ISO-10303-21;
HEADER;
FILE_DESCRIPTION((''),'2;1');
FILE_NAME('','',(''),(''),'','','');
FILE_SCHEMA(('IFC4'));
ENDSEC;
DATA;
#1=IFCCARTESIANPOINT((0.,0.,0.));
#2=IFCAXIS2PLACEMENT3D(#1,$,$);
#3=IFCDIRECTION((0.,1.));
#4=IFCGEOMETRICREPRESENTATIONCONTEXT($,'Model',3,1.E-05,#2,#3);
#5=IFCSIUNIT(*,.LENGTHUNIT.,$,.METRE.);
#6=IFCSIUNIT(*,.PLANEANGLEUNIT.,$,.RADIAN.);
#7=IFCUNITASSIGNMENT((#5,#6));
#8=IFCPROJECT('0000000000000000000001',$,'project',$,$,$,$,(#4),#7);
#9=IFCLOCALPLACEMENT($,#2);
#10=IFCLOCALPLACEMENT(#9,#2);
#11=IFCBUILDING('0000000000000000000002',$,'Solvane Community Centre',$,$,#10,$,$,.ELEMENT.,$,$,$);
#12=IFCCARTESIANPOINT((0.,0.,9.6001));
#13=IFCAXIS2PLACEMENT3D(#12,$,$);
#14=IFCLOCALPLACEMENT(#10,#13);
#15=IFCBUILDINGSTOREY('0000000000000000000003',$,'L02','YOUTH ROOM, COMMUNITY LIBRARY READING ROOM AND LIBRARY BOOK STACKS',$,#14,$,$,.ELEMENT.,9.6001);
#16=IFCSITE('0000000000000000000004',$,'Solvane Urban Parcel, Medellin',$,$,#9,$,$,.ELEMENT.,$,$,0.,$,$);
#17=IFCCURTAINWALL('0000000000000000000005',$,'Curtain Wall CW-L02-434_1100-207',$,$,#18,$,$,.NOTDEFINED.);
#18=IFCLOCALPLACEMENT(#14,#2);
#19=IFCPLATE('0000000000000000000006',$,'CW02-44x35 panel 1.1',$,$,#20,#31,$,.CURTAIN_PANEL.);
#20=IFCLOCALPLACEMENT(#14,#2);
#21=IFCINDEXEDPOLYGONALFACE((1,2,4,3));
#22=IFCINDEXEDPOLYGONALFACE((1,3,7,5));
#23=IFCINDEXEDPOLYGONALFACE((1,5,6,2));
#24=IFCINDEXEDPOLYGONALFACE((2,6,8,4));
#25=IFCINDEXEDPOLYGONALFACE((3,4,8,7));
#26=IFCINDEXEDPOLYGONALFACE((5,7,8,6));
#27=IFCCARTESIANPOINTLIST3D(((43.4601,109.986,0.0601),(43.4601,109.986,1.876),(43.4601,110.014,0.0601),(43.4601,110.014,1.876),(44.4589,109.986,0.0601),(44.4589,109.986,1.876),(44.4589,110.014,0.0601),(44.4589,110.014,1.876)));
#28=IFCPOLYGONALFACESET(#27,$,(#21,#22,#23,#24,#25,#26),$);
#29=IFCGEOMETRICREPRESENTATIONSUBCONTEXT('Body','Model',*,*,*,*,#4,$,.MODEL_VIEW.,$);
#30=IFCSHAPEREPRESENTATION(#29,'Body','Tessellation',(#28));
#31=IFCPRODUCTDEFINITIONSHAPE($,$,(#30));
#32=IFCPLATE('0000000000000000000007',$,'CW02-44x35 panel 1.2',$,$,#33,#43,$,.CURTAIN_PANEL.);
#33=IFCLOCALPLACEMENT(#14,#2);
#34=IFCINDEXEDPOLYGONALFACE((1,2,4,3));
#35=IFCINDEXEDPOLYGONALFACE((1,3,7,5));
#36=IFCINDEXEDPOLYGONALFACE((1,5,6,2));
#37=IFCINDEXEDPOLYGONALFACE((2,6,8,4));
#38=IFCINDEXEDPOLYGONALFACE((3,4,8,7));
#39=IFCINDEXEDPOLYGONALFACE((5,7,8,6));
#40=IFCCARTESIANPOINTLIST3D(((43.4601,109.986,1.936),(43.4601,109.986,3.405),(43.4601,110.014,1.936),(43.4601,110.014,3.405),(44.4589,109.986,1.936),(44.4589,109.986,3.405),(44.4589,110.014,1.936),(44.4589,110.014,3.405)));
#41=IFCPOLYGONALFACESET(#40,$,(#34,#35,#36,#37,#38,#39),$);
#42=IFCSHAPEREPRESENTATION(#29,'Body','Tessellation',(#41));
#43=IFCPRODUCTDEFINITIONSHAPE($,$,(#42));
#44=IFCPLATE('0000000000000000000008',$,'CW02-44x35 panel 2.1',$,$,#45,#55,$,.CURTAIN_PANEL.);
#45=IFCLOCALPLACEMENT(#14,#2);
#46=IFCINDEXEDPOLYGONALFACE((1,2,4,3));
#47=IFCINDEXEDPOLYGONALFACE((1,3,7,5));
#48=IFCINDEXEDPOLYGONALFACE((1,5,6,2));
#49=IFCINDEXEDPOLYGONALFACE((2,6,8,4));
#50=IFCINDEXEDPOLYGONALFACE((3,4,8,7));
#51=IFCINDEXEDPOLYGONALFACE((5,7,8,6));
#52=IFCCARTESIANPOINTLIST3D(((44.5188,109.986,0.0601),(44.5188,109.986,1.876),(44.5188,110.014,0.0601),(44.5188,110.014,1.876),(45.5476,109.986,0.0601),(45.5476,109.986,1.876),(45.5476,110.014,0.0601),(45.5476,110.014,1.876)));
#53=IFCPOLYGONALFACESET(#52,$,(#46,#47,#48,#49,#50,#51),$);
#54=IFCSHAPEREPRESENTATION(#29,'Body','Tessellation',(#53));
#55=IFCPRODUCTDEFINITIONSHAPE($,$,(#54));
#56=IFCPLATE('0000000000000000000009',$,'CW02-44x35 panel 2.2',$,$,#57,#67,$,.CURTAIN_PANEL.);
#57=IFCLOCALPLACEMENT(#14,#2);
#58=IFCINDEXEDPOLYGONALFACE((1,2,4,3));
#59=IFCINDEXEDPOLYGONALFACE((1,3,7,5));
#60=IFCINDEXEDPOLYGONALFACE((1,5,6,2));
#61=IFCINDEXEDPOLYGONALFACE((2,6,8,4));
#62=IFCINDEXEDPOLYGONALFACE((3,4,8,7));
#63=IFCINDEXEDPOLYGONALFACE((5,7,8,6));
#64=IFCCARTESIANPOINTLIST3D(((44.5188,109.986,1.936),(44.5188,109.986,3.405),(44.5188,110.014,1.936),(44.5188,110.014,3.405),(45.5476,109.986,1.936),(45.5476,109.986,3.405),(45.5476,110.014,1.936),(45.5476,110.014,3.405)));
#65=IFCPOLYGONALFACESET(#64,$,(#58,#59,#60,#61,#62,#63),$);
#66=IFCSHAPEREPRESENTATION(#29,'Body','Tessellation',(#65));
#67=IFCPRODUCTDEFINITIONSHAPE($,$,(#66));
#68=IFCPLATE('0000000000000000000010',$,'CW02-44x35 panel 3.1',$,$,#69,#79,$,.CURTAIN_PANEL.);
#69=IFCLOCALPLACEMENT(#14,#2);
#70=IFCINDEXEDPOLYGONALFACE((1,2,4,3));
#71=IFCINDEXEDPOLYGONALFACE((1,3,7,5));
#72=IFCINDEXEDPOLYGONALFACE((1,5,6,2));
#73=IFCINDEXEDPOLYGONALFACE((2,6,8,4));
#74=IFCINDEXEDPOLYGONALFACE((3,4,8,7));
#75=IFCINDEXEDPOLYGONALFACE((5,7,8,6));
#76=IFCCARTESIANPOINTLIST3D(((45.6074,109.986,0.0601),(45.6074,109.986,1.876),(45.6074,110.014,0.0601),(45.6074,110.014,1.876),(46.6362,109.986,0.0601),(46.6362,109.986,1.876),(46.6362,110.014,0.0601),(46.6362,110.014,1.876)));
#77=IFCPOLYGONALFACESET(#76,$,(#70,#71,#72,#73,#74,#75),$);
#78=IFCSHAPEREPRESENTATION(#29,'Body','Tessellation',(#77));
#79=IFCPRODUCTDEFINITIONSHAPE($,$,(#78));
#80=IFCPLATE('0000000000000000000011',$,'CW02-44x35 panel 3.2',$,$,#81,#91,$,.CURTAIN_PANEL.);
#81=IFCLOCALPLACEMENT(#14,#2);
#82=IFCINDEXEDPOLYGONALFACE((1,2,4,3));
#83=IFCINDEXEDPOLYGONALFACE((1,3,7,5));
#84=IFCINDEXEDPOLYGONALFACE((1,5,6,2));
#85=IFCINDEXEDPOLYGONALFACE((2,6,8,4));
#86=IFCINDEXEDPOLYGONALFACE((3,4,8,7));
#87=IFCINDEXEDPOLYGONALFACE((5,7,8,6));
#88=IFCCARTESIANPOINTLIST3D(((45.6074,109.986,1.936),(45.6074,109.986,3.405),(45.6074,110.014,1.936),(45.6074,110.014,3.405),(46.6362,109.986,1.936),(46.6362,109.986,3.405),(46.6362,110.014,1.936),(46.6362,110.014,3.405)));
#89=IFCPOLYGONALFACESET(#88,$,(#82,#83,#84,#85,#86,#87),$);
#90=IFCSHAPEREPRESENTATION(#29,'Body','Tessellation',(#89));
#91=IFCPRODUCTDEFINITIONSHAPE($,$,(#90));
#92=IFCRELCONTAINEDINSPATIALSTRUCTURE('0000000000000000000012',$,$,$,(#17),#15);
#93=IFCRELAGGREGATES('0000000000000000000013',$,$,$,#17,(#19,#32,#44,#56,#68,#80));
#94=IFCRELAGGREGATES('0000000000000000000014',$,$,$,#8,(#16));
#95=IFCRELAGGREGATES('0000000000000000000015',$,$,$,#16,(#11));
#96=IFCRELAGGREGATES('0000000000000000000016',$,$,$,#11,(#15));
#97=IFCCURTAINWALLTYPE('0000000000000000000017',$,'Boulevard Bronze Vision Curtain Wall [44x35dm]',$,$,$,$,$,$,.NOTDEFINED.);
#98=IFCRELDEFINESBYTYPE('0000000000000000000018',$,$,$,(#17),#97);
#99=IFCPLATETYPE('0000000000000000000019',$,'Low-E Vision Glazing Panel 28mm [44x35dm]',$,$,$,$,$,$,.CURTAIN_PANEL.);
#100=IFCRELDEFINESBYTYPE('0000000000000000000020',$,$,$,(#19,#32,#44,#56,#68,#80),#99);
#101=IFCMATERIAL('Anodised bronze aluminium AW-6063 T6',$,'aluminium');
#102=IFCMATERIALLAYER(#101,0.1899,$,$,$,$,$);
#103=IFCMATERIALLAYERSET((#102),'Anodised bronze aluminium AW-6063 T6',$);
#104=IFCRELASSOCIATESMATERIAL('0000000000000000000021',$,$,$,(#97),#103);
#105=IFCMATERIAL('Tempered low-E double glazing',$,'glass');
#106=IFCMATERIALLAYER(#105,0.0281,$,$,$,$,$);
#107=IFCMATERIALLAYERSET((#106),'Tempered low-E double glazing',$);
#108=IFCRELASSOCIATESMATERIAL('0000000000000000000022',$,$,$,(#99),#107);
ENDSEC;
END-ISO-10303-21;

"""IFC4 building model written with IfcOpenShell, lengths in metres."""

from ifc_helpers import new_model, si_unit, direction, frame, origin, origin_2d, place, context, subcontext, project, spatial, rectangle, extrude, material, layer, layer_set, type_object, element, aggregate, save


model = new_model("IFC4")

# Units and contexts
model_context = context("Model", 3, precision=1e-05, world=origin(), true_north=direction((0.0, 1.0)))
body_context = subcontext(model_context, "Body", "Model", "MODEL_VIEW")
ifc_project = project(units=[si_unit("LENGTHUNIT", "METRE"), si_unit("PLANEANGLEUNIT", "RADIAN")], contexts=[model_context])

# Site, building, storey
site_placement = place(None, origin())
site = spatial("IfcSite", under=ifc_project, at=site_placement, Name="Solvane Urban Parcel, Medellin", CompositionType="ELEMENT", RefElevation=0.0)
building_placement = place(site_placement, origin())
building = spatial("IfcBuilding", under=site, at=building_placement, Name="Solvane Community Centre", CompositionType="ELEMENT")
storey_placement = place(building_placement, frame((0.0, 0.0, 9.6001)))
storey = spatial("IfcBuildingStorey", under=building, at=storey_placement, Name="L02", Description="YOUTH ROOM, COMMUNITY LIBRARY READING ROOM AND LIBRARY BOOK STACKS", CompositionType="ELEMENT", Elevation=9.6001)

# Curtain wall, plates
ifc_material_1 = material(Name="Anodised bronze aluminium AW-6063 T6", Category="aluminium")
ifc_layer_1 = layer(ifc_material_1, 0.1899)
ifc_layer_set_1 = layer_set([ifc_layer_1], Name="Anodised bronze aluminium AW-6063 T6")
curtain_wall_type = type_object("IfcCurtainWallType", Name="Boulevard Bronze Vision Curtain Wall [44x35dm]", PredefinedType="NOTDEFINED", material=ifc_layer_set_1)
curtain_wall_placement = place(storey_placement, origin())
curtain_wall = element("IfcCurtainWall", 1, at=curtain_wall_placement, inside=storey, type_object=curtain_wall_type, Name="Curtain Wall CW-L02-434_1100-207", PredefinedType="NOTDEFINED")
ifc_material_2 = material(Name="Tempered low-E double glazing", Category="glass")
ifc_layer_2 = layer(ifc_material_2, 0.0281)
ifc_layer_set_2 = layer_set([ifc_layer_2], Name="Tempered low-E double glazing")
plate_type = type_object("IfcPlateType", Name="Low-E Vision Glazing Panel 28mm [44x35dm]", PredefinedType="CURTAIN_PANEL", material=ifc_layer_set_2)
plate_1_placement = place(storey_placement, frame((43.9595, 110.0, 0.0601), z_axis=(0.0, 0.0, 1.0), x_axis=(1.0, 0.0, 0.0)))
plate_1 = element("IfcPlate", 2, at=plate_1_placement, type_object=plate_type, Name="CW02-44x35 panel 1.1", PredefinedType="CURTAIN_PANEL", context=body_context, shape_type="SweptSolid", body=[
    extrude(rectangle(XDim=0.9988, YDim=0.0281, at=origin_2d()), origin(), (0.0, 0.0, 1.0), 1.8159),
])
plate_2_placement = place(storey_placement, frame((43.9595, 110.0, 1.936), z_axis=(0.0, 0.0, 1.0), x_axis=(1.0, 0.0, 0.0)))
plate_2 = element("IfcPlate", 3, at=plate_2_placement, type_object=plate_type, Name="CW02-44x35 panel 1.2", PredefinedType="CURTAIN_PANEL", context=body_context, shape_type="SweptSolid", body=[
    extrude(rectangle(XDim=0.9988, YDim=0.0281, at=origin_2d()), origin(), (0.0, 0.0, 1.0), 1.469),
])
plate_3_placement = place(storey_placement, frame((45.0332, 110.0, 0.0601), z_axis=(0.0, 0.0, 1.0), x_axis=(1.0, 0.0, 0.0)))
plate_3 = element("IfcPlate", 4, at=plate_3_placement, type_object=plate_type, Name="CW02-44x35 panel 2.1", PredefinedType="CURTAIN_PANEL", context=body_context, shape_type="SweptSolid", body=[
    extrude(rectangle(XDim=1.0288, YDim=0.0281, at=origin_2d()), origin(), (0.0, 0.0, 1.0), 1.8159),
])
plate_4_placement = place(storey_placement, frame((45.0332, 110.0, 1.936), z_axis=(0.0, 0.0, 1.0), x_axis=(1.0, 0.0, 0.0)))
plate_4 = element("IfcPlate", 5, at=plate_4_placement, type_object=plate_type, Name="CW02-44x35 panel 2.2", PredefinedType="CURTAIN_PANEL", context=body_context, shape_type="SweptSolid", body=[
    extrude(rectangle(XDim=1.0288, YDim=0.0281, at=origin_2d()), origin(), (0.0, 0.0, 1.0), 1.469),
])
plate_5_placement = place(storey_placement, frame((46.1218, 110.0, 0.0601), z_axis=(0.0, 0.0, 1.0), x_axis=(1.0, 0.0, 0.0)))
plate_5 = element("IfcPlate", 6, at=plate_5_placement, type_object=plate_type, Name="CW02-44x35 panel 3.1", PredefinedType="CURTAIN_PANEL", context=body_context, shape_type="SweptSolid", body=[
    extrude(rectangle(XDim=1.0288, YDim=0.0281, at=origin_2d()), origin(), (0.0, 0.0, 1.0), 1.8159),
])
plate_6_placement = place(storey_placement, frame((46.1218, 110.0, 1.936), z_axis=(0.0, 0.0, 1.0), x_axis=(1.0, 0.0, 0.0)))
plate_6 = element("IfcPlate", 7, at=plate_6_placement, type_object=plate_type, Name="CW02-44x35 panel 3.2", PredefinedType="CURTAIN_PANEL", context=body_context, shape_type="SweptSolid", body=[
    extrude(rectangle(XDim=1.0288, YDim=0.0281, at=origin_2d()), origin(), (0.0, 0.0, 1.0), 1.469),
])
aggregate(curtain_wall, [plate_1, plate_2, plate_3, plate_4, plate_5, plate_6])

save(model, "model.ifc")
